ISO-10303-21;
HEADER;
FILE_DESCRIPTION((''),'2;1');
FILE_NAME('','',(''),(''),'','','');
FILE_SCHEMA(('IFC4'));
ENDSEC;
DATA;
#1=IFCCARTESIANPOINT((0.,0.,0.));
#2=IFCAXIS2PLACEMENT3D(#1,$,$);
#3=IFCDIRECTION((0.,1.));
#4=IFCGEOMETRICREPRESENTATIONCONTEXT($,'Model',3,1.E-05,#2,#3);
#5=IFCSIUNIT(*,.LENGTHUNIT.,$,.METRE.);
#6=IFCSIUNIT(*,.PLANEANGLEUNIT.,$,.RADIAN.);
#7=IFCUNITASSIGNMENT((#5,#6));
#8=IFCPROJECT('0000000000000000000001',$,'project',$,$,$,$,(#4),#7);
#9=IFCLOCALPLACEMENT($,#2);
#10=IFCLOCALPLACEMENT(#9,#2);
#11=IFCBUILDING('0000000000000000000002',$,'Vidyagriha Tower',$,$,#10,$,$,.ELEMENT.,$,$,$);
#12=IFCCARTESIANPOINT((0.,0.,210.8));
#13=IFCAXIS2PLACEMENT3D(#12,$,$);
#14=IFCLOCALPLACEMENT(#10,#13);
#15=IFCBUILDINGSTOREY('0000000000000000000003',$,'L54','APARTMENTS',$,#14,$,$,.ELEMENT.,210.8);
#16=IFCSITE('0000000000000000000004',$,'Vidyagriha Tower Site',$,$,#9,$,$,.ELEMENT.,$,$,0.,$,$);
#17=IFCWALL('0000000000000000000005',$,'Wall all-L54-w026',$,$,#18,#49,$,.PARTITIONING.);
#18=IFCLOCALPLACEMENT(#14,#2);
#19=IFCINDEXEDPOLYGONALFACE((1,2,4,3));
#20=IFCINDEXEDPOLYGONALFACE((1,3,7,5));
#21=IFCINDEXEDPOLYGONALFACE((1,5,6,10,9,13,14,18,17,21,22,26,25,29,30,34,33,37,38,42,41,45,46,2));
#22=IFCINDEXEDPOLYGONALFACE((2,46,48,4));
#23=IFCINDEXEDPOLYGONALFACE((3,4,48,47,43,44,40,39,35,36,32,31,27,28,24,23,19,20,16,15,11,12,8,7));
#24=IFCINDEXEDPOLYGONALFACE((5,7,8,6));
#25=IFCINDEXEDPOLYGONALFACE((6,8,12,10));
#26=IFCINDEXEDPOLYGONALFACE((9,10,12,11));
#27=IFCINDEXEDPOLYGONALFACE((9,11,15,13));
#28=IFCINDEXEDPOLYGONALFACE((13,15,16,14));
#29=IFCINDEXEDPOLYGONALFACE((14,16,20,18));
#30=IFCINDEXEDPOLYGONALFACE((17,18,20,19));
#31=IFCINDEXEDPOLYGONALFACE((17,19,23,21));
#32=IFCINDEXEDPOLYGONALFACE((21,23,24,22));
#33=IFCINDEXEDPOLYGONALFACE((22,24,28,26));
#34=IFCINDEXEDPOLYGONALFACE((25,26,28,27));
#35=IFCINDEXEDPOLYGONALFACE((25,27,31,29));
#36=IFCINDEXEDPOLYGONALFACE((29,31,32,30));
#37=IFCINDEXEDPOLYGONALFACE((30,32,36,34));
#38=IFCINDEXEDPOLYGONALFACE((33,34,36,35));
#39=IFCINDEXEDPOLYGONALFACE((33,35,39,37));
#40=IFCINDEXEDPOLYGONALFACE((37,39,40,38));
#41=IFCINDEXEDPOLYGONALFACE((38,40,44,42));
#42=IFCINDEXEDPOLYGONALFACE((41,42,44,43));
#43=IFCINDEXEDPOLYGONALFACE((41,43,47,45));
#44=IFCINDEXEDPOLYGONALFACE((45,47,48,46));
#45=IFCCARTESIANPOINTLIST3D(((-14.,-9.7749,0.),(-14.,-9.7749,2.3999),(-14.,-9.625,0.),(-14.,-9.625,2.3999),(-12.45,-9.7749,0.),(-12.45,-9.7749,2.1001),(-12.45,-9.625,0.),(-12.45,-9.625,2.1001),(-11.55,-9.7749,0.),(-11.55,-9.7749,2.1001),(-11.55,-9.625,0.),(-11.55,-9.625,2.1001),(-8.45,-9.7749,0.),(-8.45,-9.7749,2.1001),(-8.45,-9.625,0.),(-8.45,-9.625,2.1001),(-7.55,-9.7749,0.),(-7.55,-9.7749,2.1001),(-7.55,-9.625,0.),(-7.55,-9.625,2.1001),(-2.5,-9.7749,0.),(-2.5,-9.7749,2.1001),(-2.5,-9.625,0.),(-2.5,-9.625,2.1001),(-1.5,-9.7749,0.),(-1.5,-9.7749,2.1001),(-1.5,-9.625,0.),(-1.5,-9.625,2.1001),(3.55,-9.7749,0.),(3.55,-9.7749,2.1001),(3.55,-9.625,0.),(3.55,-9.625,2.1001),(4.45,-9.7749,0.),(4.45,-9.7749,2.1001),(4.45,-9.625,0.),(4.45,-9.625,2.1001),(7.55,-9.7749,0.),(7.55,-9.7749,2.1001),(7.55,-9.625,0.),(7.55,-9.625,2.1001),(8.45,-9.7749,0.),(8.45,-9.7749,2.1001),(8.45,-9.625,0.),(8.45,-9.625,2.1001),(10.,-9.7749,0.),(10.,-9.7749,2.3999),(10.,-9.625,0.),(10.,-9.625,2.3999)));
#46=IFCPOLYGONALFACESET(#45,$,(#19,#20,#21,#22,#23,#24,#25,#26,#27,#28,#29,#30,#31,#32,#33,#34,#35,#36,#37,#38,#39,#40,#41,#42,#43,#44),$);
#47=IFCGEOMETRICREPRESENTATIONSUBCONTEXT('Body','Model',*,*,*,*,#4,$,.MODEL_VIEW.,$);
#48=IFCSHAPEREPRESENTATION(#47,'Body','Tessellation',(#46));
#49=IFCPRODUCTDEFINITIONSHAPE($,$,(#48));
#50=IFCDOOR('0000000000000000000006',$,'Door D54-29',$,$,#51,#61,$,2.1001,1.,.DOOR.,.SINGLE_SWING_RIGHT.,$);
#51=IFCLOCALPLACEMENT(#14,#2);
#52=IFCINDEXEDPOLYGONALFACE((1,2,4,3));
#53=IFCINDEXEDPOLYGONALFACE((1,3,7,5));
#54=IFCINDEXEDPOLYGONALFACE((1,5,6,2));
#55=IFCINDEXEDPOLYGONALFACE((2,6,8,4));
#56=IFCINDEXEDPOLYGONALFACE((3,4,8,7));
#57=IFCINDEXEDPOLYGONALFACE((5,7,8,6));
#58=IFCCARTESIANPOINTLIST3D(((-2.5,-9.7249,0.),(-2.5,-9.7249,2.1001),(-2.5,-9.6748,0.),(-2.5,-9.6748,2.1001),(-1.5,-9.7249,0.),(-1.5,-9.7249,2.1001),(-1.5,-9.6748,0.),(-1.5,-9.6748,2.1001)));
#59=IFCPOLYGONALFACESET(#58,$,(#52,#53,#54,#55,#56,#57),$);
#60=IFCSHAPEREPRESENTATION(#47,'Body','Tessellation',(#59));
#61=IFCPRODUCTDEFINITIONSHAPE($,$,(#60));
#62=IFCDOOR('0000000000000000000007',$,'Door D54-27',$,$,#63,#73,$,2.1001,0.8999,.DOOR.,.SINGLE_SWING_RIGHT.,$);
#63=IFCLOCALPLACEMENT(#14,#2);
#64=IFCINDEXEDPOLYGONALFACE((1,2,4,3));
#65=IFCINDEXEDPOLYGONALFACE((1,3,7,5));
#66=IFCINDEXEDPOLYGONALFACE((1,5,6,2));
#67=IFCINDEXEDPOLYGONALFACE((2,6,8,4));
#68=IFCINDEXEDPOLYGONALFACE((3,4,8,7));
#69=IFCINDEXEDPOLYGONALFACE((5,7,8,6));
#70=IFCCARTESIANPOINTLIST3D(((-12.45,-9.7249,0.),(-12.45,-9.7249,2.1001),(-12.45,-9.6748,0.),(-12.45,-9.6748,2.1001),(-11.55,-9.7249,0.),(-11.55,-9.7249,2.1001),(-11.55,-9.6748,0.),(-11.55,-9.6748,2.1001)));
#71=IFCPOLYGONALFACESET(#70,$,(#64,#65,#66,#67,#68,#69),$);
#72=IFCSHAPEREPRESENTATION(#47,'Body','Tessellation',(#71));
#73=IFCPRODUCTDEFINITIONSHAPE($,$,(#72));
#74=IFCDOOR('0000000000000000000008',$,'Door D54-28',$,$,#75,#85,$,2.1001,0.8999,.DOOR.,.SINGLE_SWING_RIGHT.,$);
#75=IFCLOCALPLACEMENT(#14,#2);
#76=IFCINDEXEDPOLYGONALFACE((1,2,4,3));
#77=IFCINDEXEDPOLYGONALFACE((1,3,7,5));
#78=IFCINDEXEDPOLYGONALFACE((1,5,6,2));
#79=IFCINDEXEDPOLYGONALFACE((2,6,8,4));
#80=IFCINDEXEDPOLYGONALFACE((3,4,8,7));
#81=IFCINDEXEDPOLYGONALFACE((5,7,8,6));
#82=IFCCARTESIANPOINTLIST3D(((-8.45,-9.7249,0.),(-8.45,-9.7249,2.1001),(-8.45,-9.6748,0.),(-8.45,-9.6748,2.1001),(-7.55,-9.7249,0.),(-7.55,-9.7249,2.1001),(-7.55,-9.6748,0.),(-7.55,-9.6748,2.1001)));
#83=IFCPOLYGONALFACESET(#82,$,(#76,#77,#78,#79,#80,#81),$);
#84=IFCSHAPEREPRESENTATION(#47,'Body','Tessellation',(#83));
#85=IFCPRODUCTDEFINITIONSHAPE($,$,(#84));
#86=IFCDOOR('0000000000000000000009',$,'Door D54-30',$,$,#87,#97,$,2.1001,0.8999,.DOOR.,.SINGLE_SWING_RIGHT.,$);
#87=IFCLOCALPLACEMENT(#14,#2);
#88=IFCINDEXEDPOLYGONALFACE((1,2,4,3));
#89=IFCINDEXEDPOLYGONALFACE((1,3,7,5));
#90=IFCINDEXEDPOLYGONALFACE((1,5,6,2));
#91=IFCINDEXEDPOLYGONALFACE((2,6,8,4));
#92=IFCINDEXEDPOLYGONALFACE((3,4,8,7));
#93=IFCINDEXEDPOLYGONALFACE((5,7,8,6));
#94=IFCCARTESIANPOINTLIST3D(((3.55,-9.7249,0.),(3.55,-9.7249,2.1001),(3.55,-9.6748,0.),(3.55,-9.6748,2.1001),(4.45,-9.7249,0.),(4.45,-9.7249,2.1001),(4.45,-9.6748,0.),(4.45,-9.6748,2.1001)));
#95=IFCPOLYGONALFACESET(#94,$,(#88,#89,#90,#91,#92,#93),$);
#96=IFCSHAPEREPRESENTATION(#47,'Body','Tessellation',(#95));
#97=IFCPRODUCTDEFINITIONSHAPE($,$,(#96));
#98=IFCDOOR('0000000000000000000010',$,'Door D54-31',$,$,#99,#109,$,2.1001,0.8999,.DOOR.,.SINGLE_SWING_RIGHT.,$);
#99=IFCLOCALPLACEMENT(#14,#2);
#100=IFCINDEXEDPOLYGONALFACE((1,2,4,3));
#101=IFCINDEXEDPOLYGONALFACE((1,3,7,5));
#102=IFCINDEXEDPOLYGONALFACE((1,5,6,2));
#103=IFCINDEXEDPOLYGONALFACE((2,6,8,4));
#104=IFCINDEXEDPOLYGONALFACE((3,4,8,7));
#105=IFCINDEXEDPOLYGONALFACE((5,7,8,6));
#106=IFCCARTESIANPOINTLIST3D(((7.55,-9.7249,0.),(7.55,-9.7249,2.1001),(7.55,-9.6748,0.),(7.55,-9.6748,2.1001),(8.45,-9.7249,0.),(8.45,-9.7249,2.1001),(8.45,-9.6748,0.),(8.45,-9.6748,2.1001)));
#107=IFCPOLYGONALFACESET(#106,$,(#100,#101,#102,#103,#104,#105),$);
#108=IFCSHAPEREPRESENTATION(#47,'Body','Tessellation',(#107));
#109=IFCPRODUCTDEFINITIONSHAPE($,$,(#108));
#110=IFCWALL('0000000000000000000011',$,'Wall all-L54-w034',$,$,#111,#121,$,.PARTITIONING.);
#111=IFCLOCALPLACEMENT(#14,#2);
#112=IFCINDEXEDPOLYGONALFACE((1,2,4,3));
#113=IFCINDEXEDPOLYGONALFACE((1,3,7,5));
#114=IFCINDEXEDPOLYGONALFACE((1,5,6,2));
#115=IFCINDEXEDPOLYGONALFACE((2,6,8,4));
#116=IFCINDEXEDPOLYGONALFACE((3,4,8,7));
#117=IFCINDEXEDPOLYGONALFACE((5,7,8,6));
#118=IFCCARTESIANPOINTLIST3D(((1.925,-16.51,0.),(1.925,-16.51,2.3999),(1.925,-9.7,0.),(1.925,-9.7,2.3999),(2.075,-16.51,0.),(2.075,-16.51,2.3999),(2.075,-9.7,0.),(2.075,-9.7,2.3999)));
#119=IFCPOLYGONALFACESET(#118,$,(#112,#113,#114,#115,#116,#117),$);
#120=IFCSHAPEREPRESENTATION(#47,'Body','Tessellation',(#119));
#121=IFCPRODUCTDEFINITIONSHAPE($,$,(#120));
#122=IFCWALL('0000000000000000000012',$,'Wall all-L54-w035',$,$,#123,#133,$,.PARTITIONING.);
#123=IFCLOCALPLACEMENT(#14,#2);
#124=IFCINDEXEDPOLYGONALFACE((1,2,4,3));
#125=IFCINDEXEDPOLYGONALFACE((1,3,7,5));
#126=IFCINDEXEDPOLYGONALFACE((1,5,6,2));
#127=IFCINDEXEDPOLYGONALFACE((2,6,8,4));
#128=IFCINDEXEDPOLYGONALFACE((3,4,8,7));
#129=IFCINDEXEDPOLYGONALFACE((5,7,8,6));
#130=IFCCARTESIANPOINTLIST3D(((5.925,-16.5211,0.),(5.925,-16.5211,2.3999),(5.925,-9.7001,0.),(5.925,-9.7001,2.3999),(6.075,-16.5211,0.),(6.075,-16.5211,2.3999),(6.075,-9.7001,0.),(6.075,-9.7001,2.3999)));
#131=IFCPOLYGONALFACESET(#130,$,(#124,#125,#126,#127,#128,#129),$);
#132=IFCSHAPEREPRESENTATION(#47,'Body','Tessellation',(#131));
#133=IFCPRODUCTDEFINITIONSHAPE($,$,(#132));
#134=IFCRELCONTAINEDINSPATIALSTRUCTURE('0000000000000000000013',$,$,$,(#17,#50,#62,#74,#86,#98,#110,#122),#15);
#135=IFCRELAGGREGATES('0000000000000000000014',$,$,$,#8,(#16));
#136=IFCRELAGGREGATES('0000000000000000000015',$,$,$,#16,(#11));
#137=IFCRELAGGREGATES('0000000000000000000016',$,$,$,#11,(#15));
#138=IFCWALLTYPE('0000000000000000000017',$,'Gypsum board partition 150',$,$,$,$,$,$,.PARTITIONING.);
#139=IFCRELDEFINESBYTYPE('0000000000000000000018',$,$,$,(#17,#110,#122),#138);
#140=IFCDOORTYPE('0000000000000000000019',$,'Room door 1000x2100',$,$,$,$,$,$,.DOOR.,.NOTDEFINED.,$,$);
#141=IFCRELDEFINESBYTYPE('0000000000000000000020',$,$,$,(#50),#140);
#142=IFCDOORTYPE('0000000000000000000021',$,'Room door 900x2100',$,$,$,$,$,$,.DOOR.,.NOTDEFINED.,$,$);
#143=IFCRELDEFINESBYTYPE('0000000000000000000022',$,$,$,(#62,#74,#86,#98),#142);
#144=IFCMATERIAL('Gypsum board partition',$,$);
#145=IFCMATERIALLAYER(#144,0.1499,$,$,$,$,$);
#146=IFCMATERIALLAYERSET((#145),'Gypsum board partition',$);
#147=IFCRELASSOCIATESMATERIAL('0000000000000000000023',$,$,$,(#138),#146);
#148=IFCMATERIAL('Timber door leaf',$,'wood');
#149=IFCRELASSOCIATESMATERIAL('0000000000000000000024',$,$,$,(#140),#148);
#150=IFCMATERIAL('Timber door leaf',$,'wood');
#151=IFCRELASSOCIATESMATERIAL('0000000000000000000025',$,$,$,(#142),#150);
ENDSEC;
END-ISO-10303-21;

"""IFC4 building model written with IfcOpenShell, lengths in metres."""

from ifc_helpers import new_model, si_unit, direction, frame, frame_2d, origin, place, context, subcontext, project, spatial, rectangle, extrude, material, layer, layer_set, type_object, element, fill, save


model = new_model("IFC4")

# Units and contexts
model_context = context("Model", 3, precision=1e-05, world=origin(), true_north=direction((0.0, 1.0)))
body_context = subcontext(model_context, "Body", "Model", "MODEL_VIEW")
ifc_project = project(units=[si_unit("LENGTHUNIT", "METRE"), si_unit("PLANEANGLEUNIT", "RADIAN")], contexts=[model_context])

# Site, building, storey
site_placement = place(None, origin())
site = spatial("IfcSite", under=ifc_project, at=site_placement, Name="Vidyagriha Tower Site", CompositionType="ELEMENT", RefElevation=0.0)
building_placement = place(site_placement, origin())
building = spatial("IfcBuilding", under=site, at=building_placement, Name="Vidyagriha Tower", CompositionType="ELEMENT")
storey_placement = place(building_placement, frame((0.0, 0.0, 210.8)))
storey = spatial("IfcBuildingStorey", under=building, at=storey_placement, Name="L54", Description="APARTMENTS", CompositionType="ELEMENT", Elevation=210.8)

# Shared definitions
ifc_material_1 = material(Name="Gypsum board partition")
ifc_layer_1 = layer(ifc_material_1, 0.1499)
ifc_layer_set_1 = layer_set([ifc_layer_1], Name="Gypsum board partition")
wall_type_1 = type_object("IfcWallType", Name="Gypsum board partition 150", PredefinedType="PARTITIONING", material=ifc_layer_set_1)

# Wall, openings, doors
wall_1_placement = place(storey_placement, frame((10.0, -9.7, 0.0), z_axis=(0.0, 0.0, 1.0), x_axis=(-1.0, 0.0, 0.0)))
wall_1 = element("IfcWall", 1, at=wall_1_placement, inside=storey, type_object=wall_type_1, Name="Wall all-L54-w026", PredefinedType="PARTITIONING", context=body_context, shape_type="SweptSolid", body=[
    extrude(rectangle(XDim=24.0, YDim=0.1499, at=frame_2d((12.0, 0.0))), origin(), (0.0, 0.0, 1.0), 2.3999),
])
opening_1_placement = place(wall_1_placement, frame((21.55, 0.0, 0.0)))
opening_1 = element("IfcOpeningElement", 2, at=opening_1_placement, cuts=wall_1, PredefinedType="OPENING", context=body_context, shape_type="SweptSolid", body=[
    extrude(rectangle(XDim=0.8999, YDim=2.1001, at=frame_2d((0.45, 1.05))), frame((0.0, 0.085, 0.0), z_axis=(0.0, -1.0, 0.0), x_axis=(1.0, 0.0, 0.0)), (0.0, 0.0, 1.0), 0.1699),
])
opening_2_placement = place(wall_1_placement, frame((17.55, 0.0, 0.0)))
opening_2 = element("IfcOpeningElement", 3, at=opening_2_placement, cuts=wall_1, PredefinedType="OPENING", context=body_context, shape_type="SweptSolid", body=[
    extrude(rectangle(XDim=0.8999, YDim=2.1001, at=frame_2d((0.45, 1.05))), frame((0.0, 0.085, 0.0), z_axis=(0.0, -1.0, 0.0), x_axis=(1.0, 0.0, 0.0)), (0.0, 0.0, 1.0), 0.1699),
])
opening_3_placement = place(wall_1_placement, frame((11.5, 0.0, 0.0)))
opening_3 = element("IfcOpeningElement", 4, at=opening_3_placement, cuts=wall_1, PredefinedType="OPENING", context=body_context, shape_type="SweptSolid", body=[
    extrude(rectangle(XDim=1.0, YDim=2.1001, at=frame_2d((0.5, 1.05))), frame((0.0, 0.085, 0.0), z_axis=(0.0, -1.0, 0.0), x_axis=(1.0, 0.0, 0.0)), (0.0, 0.0, 1.0), 0.1699),
])
opening_4_placement = place(wall_1_placement, frame((5.55, 0.0, 0.0)))
opening_4 = element("IfcOpeningElement", 5, at=opening_4_placement, cuts=wall_1, PredefinedType="OPENING", context=body_context, shape_type="SweptSolid", body=[
    extrude(rectangle(XDim=0.8999, YDim=2.1001, at=frame_2d((0.45, 1.05))), frame((0.0, 0.085, 0.0), z_axis=(0.0, -1.0, 0.0), x_axis=(1.0, 0.0, 0.0)), (0.0, 0.0, 1.0), 0.1699),
])
opening_5_placement = place(wall_1_placement, frame((1.55, 0.0, 0.0)))
opening_5 = element("IfcOpeningElement", 6, at=opening_5_placement, cuts=wall_1, PredefinedType="OPENING", context=body_context, shape_type="SweptSolid", body=[
    extrude(rectangle(XDim=0.8999, YDim=2.1001, at=frame_2d((0.45, 1.05))), frame((0.0, 0.085, 0.0), z_axis=(0.0, -1.0, 0.0), x_axis=(1.0, 0.0, 0.0)), (0.0, 0.0, 1.0), 0.1699),
])
ifc_material_2 = material(Name="Timber door leaf", Category="wood")
door_type_1 = type_object("IfcDoorType", Name="Room door 1000x2100", OperationType="NOTDEFINED", PredefinedType="DOOR", material=ifc_material_2)
door_1_placement = place(opening_3_placement, origin())
door_1 = element("IfcDoor", 7, at=door_1_placement, inside=storey, type_object=door_type_1, Name="Door D54-29", OperationType="SINGLE_SWING_RIGHT", OverallHeight=2.1001, OverallWidth=1.0, PredefinedType="DOOR", context=body_context, shape_type="SweptSolid", body=[
    extrude(rectangle(XDim=1.0, YDim=2.1001, at=frame_2d((0.5, 1.05))), frame((0.0, 0.0249, 0.0), z_axis=(0.0, -1.0, 0.0), x_axis=(1.0, 0.0, 0.0)), (0.0, 0.0, 1.0), 0.05),
])
fill(opening_3, door_1)
ifc_material_3 = material(Name="Timber door leaf", Category="wood")
door_type_2 = type_object("IfcDoorType", Name="Room door 900x2100", OperationType="NOTDEFINED", PredefinedType="DOOR", material=ifc_material_3)
door_2_placement = place(opening_1_placement, origin())
door_2 = element("IfcDoor", 8, at=door_2_placement, inside=storey, type_object=door_type_2, Name="Door D54-27", OperationType="SINGLE_SWING_RIGHT", OverallHeight=2.1001, OverallWidth=0.8999, PredefinedType="DOOR", context=body_context, shape_type="SweptSolid", body=[
    extrude(rectangle(XDim=0.8999, YDim=2.1001, at=frame_2d((0.45, 1.05))), frame((0.0, 0.0249, 0.0), z_axis=(0.0, -1.0, 0.0), x_axis=(1.0, 0.0, 0.0)), (0.0, 0.0, 1.0), 0.05),
])
fill(opening_1, door_2)
door_3_placement = place(opening_2_placement, origin())
door_3 = element("IfcDoor", 9, at=door_3_placement, inside=storey, type_object=door_type_2, Name="Door D54-28", OperationType="SINGLE_SWING_RIGHT", OverallHeight=2.1001, OverallWidth=0.8999, PredefinedType="DOOR", context=body_context, shape_type="SweptSolid", body=[
    extrude(rectangle(XDim=0.8999, YDim=2.1001, at=frame_2d((0.45, 1.05))), frame((0.0, 0.0249, 0.0), z_axis=(0.0, -1.0, 0.0), x_axis=(1.0, 0.0, 0.0)), (0.0, 0.0, 1.0), 0.05),
])
fill(opening_2, door_3)
door_4_placement = place(opening_4_placement, origin())
door_4 = element("IfcDoor", 10, at=door_4_placement, inside=storey, type_object=door_type_2, Name="Door D54-30", OperationType="SINGLE_SWING_RIGHT", OverallHeight=2.1001, OverallWidth=0.8999, PredefinedType="DOOR", context=body_context, shape_type="SweptSolid", body=[
    extrude(rectangle(XDim=0.8999, YDim=2.1001, at=frame_2d((0.45, 1.05))), frame((0.0, 0.0249, 0.0), z_axis=(0.0, -1.0, 0.0), x_axis=(1.0, 0.0, 0.0)), (0.0, 0.0, 1.0), 0.05),
])
fill(opening_4, door_4)
door_5_placement = place(opening_5_placement, origin())
door_5 = element("IfcDoor", 11, at=door_5_placement, inside=storey, type_object=door_type_2, Name="Door D54-31", OperationType="SINGLE_SWING_RIGHT", OverallHeight=2.1001, OverallWidth=0.8999, PredefinedType="DOOR", context=body_context, shape_type="SweptSolid", body=[
    extrude(rectangle(XDim=0.8999, YDim=2.1001, at=frame_2d((0.45, 1.05))), frame((0.0, 0.0249, 0.0), z_axis=(0.0, -1.0, 0.0), x_axis=(1.0, 0.0, 0.0)), (0.0, 0.0, 1.0), 0.05),
])
fill(opening_5, door_5)

# Walls
wall_2_placement = place(storey_placement, frame((2.0, -9.7, 0.0), z_axis=(0.0, 0.0, 1.0), x_axis=(0.0, -1.0, 0.0)))
element("IfcWall", 12, at=wall_2_placement, inside=storey, type_object=wall_type_1, Name="Wall all-L54-w034", PredefinedType="PARTITIONING", context=body_context, shape_type="SweptSolid", body=[
    extrude(rectangle(XDim=6.8101, YDim=0.1499, at=frame_2d((3.405, 0.0))), origin(), (0.0, 0.0, 1.0), 2.3999),
])
wall_3_placement = place(storey_placement, frame((6.0, -9.7, 0.0), z_axis=(0.0, 0.0, 1.0), x_axis=(0.0, -1.0, 0.0)))
element("IfcWall", 13, at=wall_3_placement, inside=storey, type_object=wall_type_1, Name="Wall all-L54-w035", PredefinedType="PARTITIONING", context=body_context, shape_type="SweptSolid", body=[
    extrude(rectangle(XDim=6.821, YDim=0.1499, at=frame_2d((3.4106, 0.0))), origin(), (0.0, 0.0, 1.0), 2.3999),
])

save(model, "model.ifc")
